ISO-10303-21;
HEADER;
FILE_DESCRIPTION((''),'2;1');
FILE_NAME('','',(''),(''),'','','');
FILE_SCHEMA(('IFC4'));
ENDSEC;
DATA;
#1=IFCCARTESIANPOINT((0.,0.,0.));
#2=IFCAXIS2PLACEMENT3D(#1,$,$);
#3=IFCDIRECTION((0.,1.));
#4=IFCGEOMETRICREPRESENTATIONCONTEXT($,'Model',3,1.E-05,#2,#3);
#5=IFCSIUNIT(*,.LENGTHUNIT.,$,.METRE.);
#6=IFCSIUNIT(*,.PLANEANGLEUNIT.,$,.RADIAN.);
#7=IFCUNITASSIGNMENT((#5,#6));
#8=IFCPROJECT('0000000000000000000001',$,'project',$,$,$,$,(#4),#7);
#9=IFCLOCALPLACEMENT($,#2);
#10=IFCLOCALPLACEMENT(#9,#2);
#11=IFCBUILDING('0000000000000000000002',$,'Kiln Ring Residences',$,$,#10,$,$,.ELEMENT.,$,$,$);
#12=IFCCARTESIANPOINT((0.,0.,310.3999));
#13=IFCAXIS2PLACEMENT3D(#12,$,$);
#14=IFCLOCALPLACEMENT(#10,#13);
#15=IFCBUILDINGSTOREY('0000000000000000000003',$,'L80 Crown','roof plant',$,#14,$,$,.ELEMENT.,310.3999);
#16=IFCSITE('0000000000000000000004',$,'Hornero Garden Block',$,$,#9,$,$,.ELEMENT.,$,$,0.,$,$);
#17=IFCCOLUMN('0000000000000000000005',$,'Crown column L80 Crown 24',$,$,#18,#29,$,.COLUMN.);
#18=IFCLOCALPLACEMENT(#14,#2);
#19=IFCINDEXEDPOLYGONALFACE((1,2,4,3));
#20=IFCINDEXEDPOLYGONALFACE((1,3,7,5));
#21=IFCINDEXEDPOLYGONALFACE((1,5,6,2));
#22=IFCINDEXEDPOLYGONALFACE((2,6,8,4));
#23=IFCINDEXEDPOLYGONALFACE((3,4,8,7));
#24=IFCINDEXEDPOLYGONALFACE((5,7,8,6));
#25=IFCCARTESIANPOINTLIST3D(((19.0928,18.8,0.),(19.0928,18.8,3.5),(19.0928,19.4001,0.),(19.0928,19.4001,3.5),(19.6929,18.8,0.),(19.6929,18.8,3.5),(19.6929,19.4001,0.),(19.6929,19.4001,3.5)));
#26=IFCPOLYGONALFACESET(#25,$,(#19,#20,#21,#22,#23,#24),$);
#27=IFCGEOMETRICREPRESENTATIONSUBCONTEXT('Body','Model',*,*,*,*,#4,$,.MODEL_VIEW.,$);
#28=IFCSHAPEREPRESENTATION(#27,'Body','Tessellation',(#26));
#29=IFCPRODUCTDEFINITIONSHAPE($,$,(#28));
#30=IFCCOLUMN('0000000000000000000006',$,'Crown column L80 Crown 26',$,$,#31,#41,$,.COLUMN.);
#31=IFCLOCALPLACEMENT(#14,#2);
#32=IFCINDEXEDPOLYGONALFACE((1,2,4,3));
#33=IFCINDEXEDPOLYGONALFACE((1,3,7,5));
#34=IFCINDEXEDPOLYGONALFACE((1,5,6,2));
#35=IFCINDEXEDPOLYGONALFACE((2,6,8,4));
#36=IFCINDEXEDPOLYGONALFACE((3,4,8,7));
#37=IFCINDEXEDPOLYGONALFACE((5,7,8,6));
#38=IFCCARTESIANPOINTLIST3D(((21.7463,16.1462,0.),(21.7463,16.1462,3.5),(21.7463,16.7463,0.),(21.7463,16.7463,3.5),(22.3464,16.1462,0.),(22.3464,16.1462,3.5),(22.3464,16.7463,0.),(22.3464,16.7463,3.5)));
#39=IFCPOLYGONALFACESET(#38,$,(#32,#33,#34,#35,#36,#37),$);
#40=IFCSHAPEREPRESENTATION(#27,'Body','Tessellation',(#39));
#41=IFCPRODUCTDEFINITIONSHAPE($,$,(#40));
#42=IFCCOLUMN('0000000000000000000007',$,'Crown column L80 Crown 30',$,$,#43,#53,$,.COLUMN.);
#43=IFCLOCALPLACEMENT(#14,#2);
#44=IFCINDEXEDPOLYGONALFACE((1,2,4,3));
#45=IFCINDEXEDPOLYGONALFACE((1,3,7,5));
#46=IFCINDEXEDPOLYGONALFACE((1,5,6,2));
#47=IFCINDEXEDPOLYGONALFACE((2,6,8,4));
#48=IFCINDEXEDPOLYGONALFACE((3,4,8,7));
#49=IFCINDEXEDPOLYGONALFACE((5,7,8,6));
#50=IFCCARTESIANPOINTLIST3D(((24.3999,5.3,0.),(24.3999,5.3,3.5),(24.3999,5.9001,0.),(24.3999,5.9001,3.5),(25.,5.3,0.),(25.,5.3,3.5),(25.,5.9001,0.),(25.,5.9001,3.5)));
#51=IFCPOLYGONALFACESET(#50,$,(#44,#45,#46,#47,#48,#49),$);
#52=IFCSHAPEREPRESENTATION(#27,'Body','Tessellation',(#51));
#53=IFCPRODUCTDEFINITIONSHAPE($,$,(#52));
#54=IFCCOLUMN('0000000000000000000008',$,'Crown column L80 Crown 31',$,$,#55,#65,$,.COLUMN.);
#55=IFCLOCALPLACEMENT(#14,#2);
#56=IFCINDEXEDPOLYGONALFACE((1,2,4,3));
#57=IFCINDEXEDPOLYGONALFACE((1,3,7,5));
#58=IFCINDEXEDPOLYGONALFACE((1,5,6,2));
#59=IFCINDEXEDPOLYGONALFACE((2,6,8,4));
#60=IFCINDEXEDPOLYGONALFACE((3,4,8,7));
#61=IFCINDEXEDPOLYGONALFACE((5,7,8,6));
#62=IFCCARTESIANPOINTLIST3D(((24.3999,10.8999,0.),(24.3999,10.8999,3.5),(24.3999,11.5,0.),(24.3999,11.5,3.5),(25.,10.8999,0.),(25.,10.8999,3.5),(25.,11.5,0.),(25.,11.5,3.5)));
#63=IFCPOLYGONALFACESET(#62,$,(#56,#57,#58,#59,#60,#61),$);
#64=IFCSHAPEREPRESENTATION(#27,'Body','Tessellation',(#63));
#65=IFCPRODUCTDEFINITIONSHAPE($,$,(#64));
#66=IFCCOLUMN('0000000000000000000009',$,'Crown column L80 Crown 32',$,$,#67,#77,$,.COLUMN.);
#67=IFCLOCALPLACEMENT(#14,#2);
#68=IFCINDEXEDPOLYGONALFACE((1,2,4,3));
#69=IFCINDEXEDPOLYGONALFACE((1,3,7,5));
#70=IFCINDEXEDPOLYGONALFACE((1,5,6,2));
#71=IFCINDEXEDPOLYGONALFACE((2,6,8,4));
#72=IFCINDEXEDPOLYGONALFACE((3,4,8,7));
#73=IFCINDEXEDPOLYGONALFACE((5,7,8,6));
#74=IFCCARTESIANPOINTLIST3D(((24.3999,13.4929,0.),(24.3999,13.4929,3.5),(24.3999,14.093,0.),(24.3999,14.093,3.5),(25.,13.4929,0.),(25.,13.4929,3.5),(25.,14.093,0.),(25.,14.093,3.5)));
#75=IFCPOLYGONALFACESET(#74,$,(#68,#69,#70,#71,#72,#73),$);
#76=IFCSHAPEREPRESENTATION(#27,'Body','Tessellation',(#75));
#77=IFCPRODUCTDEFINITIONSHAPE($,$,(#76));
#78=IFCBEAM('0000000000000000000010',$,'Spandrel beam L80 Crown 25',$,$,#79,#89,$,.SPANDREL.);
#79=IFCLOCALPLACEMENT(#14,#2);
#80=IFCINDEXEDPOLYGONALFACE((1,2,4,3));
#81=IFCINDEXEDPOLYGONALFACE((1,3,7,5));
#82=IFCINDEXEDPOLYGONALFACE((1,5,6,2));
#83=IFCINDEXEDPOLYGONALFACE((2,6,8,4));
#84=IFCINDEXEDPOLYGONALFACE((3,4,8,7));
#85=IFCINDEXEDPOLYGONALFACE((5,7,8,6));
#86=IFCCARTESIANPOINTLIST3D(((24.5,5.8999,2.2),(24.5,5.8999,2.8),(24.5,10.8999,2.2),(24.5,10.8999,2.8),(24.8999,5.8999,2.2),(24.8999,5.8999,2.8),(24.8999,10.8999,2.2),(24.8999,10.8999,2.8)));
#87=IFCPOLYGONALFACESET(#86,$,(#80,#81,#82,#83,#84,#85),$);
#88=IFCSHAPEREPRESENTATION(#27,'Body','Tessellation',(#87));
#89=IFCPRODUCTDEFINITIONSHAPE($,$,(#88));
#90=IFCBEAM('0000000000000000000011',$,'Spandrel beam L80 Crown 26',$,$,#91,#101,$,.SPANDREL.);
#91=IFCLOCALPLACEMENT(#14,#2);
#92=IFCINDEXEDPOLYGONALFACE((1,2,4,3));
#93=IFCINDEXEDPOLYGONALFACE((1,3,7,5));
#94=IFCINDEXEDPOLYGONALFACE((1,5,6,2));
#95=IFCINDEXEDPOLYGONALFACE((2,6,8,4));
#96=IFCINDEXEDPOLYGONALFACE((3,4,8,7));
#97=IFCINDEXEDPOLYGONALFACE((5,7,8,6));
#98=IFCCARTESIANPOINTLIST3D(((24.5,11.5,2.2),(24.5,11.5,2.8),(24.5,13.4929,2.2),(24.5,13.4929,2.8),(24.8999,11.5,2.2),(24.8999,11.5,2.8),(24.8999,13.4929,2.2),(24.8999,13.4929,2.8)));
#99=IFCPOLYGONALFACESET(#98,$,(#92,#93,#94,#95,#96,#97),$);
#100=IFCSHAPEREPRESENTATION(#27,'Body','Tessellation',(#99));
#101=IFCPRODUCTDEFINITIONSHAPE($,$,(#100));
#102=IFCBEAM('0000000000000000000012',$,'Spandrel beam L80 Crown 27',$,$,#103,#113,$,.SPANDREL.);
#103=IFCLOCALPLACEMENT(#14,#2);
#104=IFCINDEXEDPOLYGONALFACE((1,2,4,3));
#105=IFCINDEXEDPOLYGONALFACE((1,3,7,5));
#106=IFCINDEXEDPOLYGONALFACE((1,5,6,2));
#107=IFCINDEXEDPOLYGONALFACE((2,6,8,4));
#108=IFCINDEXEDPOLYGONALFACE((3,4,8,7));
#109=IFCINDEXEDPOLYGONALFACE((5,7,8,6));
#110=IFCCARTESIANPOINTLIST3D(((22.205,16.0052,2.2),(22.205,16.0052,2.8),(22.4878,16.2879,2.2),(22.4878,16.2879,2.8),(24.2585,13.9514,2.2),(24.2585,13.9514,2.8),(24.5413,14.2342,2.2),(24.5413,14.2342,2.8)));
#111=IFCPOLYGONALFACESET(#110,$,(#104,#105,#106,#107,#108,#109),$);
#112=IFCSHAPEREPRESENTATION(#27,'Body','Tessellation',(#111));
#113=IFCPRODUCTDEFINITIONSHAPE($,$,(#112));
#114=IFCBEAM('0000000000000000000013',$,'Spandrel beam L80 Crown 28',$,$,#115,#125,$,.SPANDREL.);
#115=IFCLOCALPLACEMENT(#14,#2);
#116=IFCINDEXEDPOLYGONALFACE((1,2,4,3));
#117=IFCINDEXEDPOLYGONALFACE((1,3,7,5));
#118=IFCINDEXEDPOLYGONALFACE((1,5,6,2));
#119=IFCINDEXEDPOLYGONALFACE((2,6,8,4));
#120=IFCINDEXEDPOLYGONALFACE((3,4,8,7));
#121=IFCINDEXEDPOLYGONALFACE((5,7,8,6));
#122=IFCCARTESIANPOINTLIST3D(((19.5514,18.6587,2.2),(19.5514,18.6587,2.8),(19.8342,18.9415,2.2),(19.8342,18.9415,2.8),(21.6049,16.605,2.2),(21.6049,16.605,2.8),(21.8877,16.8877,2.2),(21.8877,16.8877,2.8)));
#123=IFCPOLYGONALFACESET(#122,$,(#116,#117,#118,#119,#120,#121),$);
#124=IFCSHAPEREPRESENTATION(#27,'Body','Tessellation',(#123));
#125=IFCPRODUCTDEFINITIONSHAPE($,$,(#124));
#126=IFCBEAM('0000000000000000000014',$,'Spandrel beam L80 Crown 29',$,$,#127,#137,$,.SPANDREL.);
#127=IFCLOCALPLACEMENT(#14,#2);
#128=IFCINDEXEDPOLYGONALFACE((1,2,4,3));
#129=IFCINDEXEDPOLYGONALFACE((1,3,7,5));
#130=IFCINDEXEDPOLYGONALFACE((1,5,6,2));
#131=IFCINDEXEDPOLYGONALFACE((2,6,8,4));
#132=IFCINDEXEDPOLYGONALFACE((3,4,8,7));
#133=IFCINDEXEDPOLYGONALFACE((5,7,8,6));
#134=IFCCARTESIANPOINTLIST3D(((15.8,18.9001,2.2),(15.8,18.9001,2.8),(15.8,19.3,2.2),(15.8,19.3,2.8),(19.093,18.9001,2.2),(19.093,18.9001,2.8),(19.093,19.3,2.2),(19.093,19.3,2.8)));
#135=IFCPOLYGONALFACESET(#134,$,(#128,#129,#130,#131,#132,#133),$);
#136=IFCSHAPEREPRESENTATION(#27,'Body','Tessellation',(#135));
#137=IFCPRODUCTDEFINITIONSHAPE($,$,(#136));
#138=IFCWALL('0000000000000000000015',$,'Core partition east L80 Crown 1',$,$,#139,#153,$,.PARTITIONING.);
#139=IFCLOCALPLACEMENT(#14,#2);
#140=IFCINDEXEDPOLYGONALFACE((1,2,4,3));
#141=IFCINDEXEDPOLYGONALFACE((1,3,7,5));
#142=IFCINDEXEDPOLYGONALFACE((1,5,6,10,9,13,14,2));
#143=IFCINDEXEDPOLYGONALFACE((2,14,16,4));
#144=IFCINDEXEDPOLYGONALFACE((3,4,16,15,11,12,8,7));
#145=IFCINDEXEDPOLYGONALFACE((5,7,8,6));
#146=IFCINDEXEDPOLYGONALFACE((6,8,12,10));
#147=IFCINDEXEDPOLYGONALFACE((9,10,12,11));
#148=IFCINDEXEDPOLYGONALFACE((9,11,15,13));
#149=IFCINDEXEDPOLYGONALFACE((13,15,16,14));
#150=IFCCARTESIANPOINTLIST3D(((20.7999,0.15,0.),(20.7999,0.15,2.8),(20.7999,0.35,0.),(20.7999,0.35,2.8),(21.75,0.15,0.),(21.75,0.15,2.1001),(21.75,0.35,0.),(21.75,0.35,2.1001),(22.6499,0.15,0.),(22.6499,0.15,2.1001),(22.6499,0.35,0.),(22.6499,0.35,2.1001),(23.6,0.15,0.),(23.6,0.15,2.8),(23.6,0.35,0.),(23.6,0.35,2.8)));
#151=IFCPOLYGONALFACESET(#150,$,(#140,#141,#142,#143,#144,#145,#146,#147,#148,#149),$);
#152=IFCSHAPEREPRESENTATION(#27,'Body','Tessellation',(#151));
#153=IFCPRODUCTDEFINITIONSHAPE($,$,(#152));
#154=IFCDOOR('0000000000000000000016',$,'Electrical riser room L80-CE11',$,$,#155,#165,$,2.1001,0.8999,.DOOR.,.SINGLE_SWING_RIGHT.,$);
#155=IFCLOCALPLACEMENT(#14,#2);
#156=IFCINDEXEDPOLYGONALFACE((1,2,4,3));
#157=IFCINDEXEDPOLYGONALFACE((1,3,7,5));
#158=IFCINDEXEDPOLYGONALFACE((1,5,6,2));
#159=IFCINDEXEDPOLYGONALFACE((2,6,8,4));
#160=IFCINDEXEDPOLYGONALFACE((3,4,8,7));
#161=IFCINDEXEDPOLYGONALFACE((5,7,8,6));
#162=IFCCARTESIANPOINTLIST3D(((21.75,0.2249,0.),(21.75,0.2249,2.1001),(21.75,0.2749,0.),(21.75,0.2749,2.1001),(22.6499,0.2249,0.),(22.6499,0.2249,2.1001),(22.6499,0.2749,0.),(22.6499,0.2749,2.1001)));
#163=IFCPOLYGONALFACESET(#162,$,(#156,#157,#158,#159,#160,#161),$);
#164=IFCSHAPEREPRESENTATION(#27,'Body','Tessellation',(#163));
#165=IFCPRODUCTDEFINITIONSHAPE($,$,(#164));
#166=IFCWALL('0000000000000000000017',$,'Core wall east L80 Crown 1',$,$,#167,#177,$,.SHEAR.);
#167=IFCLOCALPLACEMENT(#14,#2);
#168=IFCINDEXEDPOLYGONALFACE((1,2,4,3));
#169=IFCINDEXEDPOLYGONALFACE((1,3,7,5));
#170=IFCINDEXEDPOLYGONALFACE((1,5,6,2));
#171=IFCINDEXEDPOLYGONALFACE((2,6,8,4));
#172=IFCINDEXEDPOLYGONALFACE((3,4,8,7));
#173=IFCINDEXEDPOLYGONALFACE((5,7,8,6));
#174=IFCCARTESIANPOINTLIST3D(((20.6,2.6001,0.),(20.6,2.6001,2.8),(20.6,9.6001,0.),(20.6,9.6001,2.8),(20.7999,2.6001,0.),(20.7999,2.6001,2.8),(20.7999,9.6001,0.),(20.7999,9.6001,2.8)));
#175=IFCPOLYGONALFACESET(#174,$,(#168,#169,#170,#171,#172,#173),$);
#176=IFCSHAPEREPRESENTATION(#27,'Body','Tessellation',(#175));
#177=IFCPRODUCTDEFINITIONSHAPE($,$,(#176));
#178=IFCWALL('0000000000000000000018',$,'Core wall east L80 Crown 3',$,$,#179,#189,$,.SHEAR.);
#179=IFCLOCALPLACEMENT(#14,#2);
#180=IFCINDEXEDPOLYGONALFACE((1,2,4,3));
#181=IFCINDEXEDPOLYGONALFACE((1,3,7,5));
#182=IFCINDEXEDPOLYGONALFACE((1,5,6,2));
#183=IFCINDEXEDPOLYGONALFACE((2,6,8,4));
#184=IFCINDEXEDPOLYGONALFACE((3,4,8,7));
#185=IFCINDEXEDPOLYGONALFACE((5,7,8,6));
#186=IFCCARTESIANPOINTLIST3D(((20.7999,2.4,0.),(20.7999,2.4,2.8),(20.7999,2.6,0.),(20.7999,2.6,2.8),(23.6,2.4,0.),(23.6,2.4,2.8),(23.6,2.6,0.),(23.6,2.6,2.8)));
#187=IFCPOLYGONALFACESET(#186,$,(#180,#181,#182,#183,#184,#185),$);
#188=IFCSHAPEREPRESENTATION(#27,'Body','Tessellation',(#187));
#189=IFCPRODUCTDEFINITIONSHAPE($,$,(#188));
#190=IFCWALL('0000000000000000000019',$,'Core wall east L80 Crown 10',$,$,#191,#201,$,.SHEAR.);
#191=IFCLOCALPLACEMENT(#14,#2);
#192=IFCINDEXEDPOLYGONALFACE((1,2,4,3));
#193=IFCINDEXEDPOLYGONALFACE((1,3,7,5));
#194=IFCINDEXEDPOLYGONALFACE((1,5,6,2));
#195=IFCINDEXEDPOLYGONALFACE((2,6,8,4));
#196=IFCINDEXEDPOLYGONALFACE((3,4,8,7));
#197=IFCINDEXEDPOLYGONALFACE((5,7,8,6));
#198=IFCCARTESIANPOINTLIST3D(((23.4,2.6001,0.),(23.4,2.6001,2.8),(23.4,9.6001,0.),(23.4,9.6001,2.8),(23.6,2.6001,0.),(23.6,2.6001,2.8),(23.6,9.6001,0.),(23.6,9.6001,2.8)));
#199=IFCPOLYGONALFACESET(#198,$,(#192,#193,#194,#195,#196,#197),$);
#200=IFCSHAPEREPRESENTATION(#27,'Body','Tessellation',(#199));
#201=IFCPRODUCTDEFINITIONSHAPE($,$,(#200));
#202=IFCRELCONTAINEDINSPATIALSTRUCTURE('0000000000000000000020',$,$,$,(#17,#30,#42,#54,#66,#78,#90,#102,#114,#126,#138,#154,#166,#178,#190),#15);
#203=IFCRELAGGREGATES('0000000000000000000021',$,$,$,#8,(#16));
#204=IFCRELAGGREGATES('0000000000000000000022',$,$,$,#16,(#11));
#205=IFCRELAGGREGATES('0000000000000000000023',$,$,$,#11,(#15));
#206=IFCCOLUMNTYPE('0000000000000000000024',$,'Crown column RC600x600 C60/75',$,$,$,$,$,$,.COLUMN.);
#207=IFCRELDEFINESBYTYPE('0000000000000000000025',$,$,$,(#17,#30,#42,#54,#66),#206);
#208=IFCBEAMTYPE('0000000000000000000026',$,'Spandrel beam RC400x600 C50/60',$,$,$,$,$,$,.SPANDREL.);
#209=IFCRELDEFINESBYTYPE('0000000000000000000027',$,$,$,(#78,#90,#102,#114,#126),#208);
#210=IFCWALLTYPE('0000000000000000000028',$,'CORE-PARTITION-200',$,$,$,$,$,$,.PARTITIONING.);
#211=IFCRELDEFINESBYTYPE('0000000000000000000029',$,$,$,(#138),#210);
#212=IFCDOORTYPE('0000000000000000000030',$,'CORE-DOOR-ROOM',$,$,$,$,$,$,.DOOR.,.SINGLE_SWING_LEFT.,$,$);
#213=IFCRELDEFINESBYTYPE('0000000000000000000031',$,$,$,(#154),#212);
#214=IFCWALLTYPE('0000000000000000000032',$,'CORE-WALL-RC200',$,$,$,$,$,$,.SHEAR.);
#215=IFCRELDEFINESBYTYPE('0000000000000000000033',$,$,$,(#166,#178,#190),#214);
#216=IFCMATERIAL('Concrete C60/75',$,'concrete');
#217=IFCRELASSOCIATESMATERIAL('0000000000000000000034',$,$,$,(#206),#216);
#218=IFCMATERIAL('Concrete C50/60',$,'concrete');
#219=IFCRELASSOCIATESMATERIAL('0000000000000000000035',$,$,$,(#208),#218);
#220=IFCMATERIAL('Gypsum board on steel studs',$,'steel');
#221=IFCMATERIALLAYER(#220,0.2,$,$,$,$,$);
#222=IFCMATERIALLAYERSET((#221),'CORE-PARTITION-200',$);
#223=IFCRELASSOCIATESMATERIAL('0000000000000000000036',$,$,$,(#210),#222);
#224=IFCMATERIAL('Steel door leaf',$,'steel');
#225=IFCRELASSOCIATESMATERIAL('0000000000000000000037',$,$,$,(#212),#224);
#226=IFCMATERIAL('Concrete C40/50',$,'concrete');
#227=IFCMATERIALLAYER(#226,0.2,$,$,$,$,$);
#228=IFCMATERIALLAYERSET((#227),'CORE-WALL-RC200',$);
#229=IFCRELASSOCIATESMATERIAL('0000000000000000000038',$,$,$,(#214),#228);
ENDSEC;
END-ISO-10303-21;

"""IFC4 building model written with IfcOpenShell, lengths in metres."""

from ifc_helpers import new_model, si_unit, direction, frame, frame_2d, origin, origin_2d, place, context, subcontext, project, spatial, rectangle, extrude, material, layer, layer_set, material_profile, profile_set, type_object, element, fill, save


model = new_model("IFC4")

# Units and contexts
model_context = context("Model", 3, precision=1e-05, world=origin(), true_north=direction((0.0, 1.0)))
body_context = subcontext(model_context, "Body", "Model", "MODEL_VIEW")
ifc_project = project(units=[si_unit("LENGTHUNIT", "METRE"), si_unit("PLANEANGLEUNIT", "RADIAN")], contexts=[model_context])

# Site, building, storey
site_placement = place(None, origin())
site = spatial("IfcSite", under=ifc_project, at=site_placement, Name="Hornero Garden Block", CompositionType="ELEMENT", RefElevation=0.0)
building_placement = place(site_placement, origin())
building = spatial("IfcBuilding", under=site, at=building_placement, Name="Kiln Ring Residences", CompositionType="ELEMENT")
storey_placement = place(building_placement, frame((0.0, 0.0, 310.3999)))
storey = spatial("IfcBuildingStorey", under=building, at=storey_placement, Name="L80 Crown", Description="roof plant", CompositionType="ELEMENT", Elevation=310.3999)

# Columns
ifc_material_1 = material(Name="Concrete C60/75", Category="concrete")
ifc_material_profile_1 = material_profile(ifc_material_1, rectangle(XDim=0.6001, YDim=0.6001, at=origin_2d()), Name="RC600x600")
ifc_profile_set_1 = profile_set([ifc_material_profile_1], Name="Concrete C60/75")
column_type = type_object("IfcColumnType", Name="Crown column RC600x600 C60/75", PredefinedType="COLUMN", material=ifc_profile_set_1)
for number, where, z_axis, x_axis, name in (
    (1, (19.3928, 19.1001, 0.0), (0.0, 0.0, 1.0), (1.0, 0.0, 0.0), "Crown column L80 Crown 24"),
    (2, (22.0464, 16.4463, 0.0), (0.0, 0.0, 1.0), (1.0, 0.0, 0.0), "Crown column L80 Crown 26"),
    (3, (24.7, 5.6001, 0.0), (0.0, 0.0, 1.0), (1.0, 0.0, 0.0), "Crown column L80 Crown 30"),
    (4, (24.7, 11.2, 0.0), (0.0, 0.0, 1.0), (1.0, 0.0, 0.0), "Crown column L80 Crown 31"),
    (5, (24.7, 13.793, 0.0), (0.0, 0.0, 1.0), (1.0, 0.0, 0.0), "Crown column L80 Crown 32"),
):
    element("IfcColumn", number, at=place(storey_placement, frame(where, z_axis=z_axis, x_axis=x_axis)), inside=storey, type_object=column_type, Name=name, PredefinedType="COLUMN", context=body_context, shape_type="SweptSolid", body=[
        extrude(rectangle(XDim=0.6001, YDim=0.6001, at=origin_2d()), origin(), (0.0, 0.0, 1.0), 3.5),
    ])

# Beams
ifc_material_2 = material(Name="Concrete C50/60", Category="concrete")
ifc_material_profile_2 = material_profile(ifc_material_2, rectangle(XDim=0.3999, YDim=0.6001, at=origin_2d()), Name="RC400x600")
ifc_profile_set_2 = profile_set([ifc_material_profile_2], Name="Concrete C50/60")
beam_type = type_object("IfcBeamType", Name="Spandrel beam RC400x600 C50/60", PredefinedType="SPANDREL", material=ifc_profile_set_2)
beam_1_placement = place(storey_placement, frame((24.7, 5.8999, 2.5), z_axis=(0.0, 1.0, 0.0), x_axis=(-1.0, 0.0, 0.0)))
element("IfcBeam", 6, at=beam_1_placement, inside=storey, type_object=beam_type, Name="Spandrel beam L80 Crown 25", PredefinedType="SPANDREL", context=body_context, shape_type="SweptSolid", body=[
    extrude(rectangle(XDim=0.3999, YDim=0.6001, at=origin_2d()), origin(), (0.0, 0.0, 1.0), 5.0),
])
beam_2_placement = place(storey_placement, frame((24.7, 11.5, 2.5), z_axis=(0.0, 1.0, 0.0), x_axis=(-1.0, 0.0, 0.0)))
element("IfcBeam", 7, at=beam_2_placement, inside=storey, type_object=beam_type, Name="Spandrel beam L80 Crown 26", PredefinedType="SPANDREL", context=body_context, shape_type="SweptSolid", body=[
    extrude(rectangle(XDim=0.3999, YDim=0.6001, at=origin_2d()), origin(), (0.0, 0.0, 1.0), 1.9929),
])
for number, where, z_axis, x_axis, name in (
    (8, (24.3999, 14.0928, 2.5), (-0.707065, 0.707149, 0.0), (-0.707149, -0.707065, 0.0), "Spandrel beam L80 Crown 27"),
    (9, (21.7463, 16.7463, 2.5), (-0.707065, 0.707149, 0.0), (-0.707149, -0.707065, 0.0), "Spandrel beam L80 Crown 28"),
):
    element("IfcBeam", number, at=place(storey_placement, frame(where, z_axis=z_axis, x_axis=x_axis)), inside=storey, type_object=beam_type, Name=name, PredefinedType="SPANDREL", context=body_context, shape_type="SweptSolid", body=[
        extrude(rectangle(XDim=0.3999, YDim=0.6001, at=origin_2d()), origin(), (0.0, 0.0, 1.0), 2.9043),
    ])
beam_3_placement = place(storey_placement, frame((19.093, 19.1001, 2.5), z_axis=(-1.0, 0.0, 0.0), x_axis=(0.0, -1.0, 0.0)))
element("IfcBeam", 10, at=beam_3_placement, inside=storey, type_object=beam_type, Name="Spandrel beam L80 Crown 29", PredefinedType="SPANDREL", context=body_context, shape_type="SweptSolid", body=[
    extrude(rectangle(XDim=0.3999, YDim=0.6001, at=origin_2d()), origin(), (0.0, 0.0, 1.0), 3.293),
])

# Wall, opening, door
ifc_material_3 = material(Name="Gypsum board on steel studs", Category="steel")
ifc_layer_1 = layer(ifc_material_3, 0.2)
ifc_layer_set_1 = layer_set([ifc_layer_1], Name="CORE-PARTITION-200")
wall_type_1 = type_object("IfcWallType", Name="CORE-PARTITION-200", PredefinedType="PARTITIONING", material=ifc_layer_set_1)
wall_1_placement = place(storey_placement, frame((20.8, 0.25, 0.0), z_axis=(0.0, 0.0, 1.0), x_axis=(1.0, 0.0, 0.0)))
wall_1 = element("IfcWall", 11, at=wall_1_placement, inside=storey, type_object=wall_type_1, Name="Core partition east L80 Crown 1", PredefinedType="PARTITIONING", context=body_context, shape_type="SweptSolid", body=[
    extrude(rectangle(XDim=2.8, YDim=0.2, at=frame_2d((1.3999, 0.0))), origin(), (0.0, 0.0, 1.0), 2.8),
])
opening_placement = place(wall_1_placement, frame((0.95, 0.0, 0.0)))
opening = element("IfcOpeningElement", 12, at=opening_placement, cuts=wall_1, PredefinedType="OPENING", context=body_context, shape_type="SweptSolid", body=[
    extrude(rectangle(XDim=0.8999, YDim=2.1001, at=frame_2d((0.45, 1.05))), frame((0.0, 0.1099, 0.0), z_axis=(0.0, -1.0, 0.0), x_axis=(1.0, 0.0, 0.0)), (0.0, 0.0, 1.0), 0.22),
])
ifc_material_4 = material(Name="Steel door leaf", Category="steel")
door_type = type_object("IfcDoorType", Name="CORE-DOOR-ROOM", OperationType="SINGLE_SWING_LEFT", PredefinedType="DOOR", material=ifc_material_4)
door_placement = place(opening_placement, origin())
door = element("IfcDoor", 13, at=door_placement, inside=storey, type_object=door_type, Name="Electrical riser room L80-CE11", OperationType="SINGLE_SWING_RIGHT", OverallHeight=2.1001, OverallWidth=0.8999, PredefinedType="DOOR", context=body_context, shape_type="SweptSolid", body=[
    extrude(rectangle(XDim=0.8999, YDim=2.1001, at=frame_2d((0.45, 1.05))), frame((0.0, 0.0249, 0.0), z_axis=(0.0, -1.0, 0.0), x_axis=(1.0, 0.0, 0.0)), (0.0, 0.0, 1.0), 0.05),
])
fill(opening, door)

# Walls
ifc_material_5 = material(Name="Concrete C40/50", Category="concrete")
ifc_layer_2 = layer(ifc_material_5, 0.2)
ifc_layer_set_2 = layer_set([ifc_layer_2], Name="CORE-WALL-RC200")
wall_type_2 = type_object("IfcWallType", Name="CORE-WALL-RC200", PredefinedType="SHEAR", material=ifc_layer_set_2)
wall_2_placement = place(storey_placement, frame((20.7, 2.6001, 0.0), z_axis=(0.0, 0.0, 1.0), x_axis=(0.0, 1.0, 0.0)))
element("IfcWall", 14, at=wall_2_placement, inside=storey, type_object=wall_type_2, Name="Core wall east L80 Crown 1", PredefinedType="SHEAR", context=body_context, shape_type="SweptSolid", body=[
    extrude(rectangle(XDim=7.0, YDim=0.2, at=frame_2d((3.5, 0.0))), origin(), (0.0, 0.0, 1.0), 2.8),
])
wall_3_placement = place(storey_placement, frame((20.8, 2.5, 0.0), z_axis=(0.0, 0.0, 1.0), x_axis=(1.0, 0.0, 0.0)))
element("IfcWall", 15, at=wall_3_placement, inside=storey, type_object=wall_type_2, Name="Core wall east L80 Crown 3", PredefinedType="SHEAR", context=body_context, shape_type="SweptSolid", body=[
    extrude(rectangle(XDim=2.8, YDim=0.2, at=frame_2d((1.3999, 0.0))), origin(), (0.0, 0.0, 1.0), 2.8),
])
wall_4_placement = place(storey_placement, frame((23.5, 2.6001, 0.0), z_axis=(0.0, 0.0, 1.0), x_axis=(0.0, 1.0, 0.0)))
element("IfcWall", 16, at=wall_4_placement, inside=storey, type_object=wall_type_2, Name="Core wall east L80 Crown 10", PredefinedType="SHEAR", context=body_context, shape_type="SweptSolid", body=[
    extrude(rectangle(XDim=7.0, YDim=0.2, at=frame_2d((3.5, 0.0))), origin(), (0.0, 0.0, 1.0), 2.8),
])

save(model, "model.ifc")
